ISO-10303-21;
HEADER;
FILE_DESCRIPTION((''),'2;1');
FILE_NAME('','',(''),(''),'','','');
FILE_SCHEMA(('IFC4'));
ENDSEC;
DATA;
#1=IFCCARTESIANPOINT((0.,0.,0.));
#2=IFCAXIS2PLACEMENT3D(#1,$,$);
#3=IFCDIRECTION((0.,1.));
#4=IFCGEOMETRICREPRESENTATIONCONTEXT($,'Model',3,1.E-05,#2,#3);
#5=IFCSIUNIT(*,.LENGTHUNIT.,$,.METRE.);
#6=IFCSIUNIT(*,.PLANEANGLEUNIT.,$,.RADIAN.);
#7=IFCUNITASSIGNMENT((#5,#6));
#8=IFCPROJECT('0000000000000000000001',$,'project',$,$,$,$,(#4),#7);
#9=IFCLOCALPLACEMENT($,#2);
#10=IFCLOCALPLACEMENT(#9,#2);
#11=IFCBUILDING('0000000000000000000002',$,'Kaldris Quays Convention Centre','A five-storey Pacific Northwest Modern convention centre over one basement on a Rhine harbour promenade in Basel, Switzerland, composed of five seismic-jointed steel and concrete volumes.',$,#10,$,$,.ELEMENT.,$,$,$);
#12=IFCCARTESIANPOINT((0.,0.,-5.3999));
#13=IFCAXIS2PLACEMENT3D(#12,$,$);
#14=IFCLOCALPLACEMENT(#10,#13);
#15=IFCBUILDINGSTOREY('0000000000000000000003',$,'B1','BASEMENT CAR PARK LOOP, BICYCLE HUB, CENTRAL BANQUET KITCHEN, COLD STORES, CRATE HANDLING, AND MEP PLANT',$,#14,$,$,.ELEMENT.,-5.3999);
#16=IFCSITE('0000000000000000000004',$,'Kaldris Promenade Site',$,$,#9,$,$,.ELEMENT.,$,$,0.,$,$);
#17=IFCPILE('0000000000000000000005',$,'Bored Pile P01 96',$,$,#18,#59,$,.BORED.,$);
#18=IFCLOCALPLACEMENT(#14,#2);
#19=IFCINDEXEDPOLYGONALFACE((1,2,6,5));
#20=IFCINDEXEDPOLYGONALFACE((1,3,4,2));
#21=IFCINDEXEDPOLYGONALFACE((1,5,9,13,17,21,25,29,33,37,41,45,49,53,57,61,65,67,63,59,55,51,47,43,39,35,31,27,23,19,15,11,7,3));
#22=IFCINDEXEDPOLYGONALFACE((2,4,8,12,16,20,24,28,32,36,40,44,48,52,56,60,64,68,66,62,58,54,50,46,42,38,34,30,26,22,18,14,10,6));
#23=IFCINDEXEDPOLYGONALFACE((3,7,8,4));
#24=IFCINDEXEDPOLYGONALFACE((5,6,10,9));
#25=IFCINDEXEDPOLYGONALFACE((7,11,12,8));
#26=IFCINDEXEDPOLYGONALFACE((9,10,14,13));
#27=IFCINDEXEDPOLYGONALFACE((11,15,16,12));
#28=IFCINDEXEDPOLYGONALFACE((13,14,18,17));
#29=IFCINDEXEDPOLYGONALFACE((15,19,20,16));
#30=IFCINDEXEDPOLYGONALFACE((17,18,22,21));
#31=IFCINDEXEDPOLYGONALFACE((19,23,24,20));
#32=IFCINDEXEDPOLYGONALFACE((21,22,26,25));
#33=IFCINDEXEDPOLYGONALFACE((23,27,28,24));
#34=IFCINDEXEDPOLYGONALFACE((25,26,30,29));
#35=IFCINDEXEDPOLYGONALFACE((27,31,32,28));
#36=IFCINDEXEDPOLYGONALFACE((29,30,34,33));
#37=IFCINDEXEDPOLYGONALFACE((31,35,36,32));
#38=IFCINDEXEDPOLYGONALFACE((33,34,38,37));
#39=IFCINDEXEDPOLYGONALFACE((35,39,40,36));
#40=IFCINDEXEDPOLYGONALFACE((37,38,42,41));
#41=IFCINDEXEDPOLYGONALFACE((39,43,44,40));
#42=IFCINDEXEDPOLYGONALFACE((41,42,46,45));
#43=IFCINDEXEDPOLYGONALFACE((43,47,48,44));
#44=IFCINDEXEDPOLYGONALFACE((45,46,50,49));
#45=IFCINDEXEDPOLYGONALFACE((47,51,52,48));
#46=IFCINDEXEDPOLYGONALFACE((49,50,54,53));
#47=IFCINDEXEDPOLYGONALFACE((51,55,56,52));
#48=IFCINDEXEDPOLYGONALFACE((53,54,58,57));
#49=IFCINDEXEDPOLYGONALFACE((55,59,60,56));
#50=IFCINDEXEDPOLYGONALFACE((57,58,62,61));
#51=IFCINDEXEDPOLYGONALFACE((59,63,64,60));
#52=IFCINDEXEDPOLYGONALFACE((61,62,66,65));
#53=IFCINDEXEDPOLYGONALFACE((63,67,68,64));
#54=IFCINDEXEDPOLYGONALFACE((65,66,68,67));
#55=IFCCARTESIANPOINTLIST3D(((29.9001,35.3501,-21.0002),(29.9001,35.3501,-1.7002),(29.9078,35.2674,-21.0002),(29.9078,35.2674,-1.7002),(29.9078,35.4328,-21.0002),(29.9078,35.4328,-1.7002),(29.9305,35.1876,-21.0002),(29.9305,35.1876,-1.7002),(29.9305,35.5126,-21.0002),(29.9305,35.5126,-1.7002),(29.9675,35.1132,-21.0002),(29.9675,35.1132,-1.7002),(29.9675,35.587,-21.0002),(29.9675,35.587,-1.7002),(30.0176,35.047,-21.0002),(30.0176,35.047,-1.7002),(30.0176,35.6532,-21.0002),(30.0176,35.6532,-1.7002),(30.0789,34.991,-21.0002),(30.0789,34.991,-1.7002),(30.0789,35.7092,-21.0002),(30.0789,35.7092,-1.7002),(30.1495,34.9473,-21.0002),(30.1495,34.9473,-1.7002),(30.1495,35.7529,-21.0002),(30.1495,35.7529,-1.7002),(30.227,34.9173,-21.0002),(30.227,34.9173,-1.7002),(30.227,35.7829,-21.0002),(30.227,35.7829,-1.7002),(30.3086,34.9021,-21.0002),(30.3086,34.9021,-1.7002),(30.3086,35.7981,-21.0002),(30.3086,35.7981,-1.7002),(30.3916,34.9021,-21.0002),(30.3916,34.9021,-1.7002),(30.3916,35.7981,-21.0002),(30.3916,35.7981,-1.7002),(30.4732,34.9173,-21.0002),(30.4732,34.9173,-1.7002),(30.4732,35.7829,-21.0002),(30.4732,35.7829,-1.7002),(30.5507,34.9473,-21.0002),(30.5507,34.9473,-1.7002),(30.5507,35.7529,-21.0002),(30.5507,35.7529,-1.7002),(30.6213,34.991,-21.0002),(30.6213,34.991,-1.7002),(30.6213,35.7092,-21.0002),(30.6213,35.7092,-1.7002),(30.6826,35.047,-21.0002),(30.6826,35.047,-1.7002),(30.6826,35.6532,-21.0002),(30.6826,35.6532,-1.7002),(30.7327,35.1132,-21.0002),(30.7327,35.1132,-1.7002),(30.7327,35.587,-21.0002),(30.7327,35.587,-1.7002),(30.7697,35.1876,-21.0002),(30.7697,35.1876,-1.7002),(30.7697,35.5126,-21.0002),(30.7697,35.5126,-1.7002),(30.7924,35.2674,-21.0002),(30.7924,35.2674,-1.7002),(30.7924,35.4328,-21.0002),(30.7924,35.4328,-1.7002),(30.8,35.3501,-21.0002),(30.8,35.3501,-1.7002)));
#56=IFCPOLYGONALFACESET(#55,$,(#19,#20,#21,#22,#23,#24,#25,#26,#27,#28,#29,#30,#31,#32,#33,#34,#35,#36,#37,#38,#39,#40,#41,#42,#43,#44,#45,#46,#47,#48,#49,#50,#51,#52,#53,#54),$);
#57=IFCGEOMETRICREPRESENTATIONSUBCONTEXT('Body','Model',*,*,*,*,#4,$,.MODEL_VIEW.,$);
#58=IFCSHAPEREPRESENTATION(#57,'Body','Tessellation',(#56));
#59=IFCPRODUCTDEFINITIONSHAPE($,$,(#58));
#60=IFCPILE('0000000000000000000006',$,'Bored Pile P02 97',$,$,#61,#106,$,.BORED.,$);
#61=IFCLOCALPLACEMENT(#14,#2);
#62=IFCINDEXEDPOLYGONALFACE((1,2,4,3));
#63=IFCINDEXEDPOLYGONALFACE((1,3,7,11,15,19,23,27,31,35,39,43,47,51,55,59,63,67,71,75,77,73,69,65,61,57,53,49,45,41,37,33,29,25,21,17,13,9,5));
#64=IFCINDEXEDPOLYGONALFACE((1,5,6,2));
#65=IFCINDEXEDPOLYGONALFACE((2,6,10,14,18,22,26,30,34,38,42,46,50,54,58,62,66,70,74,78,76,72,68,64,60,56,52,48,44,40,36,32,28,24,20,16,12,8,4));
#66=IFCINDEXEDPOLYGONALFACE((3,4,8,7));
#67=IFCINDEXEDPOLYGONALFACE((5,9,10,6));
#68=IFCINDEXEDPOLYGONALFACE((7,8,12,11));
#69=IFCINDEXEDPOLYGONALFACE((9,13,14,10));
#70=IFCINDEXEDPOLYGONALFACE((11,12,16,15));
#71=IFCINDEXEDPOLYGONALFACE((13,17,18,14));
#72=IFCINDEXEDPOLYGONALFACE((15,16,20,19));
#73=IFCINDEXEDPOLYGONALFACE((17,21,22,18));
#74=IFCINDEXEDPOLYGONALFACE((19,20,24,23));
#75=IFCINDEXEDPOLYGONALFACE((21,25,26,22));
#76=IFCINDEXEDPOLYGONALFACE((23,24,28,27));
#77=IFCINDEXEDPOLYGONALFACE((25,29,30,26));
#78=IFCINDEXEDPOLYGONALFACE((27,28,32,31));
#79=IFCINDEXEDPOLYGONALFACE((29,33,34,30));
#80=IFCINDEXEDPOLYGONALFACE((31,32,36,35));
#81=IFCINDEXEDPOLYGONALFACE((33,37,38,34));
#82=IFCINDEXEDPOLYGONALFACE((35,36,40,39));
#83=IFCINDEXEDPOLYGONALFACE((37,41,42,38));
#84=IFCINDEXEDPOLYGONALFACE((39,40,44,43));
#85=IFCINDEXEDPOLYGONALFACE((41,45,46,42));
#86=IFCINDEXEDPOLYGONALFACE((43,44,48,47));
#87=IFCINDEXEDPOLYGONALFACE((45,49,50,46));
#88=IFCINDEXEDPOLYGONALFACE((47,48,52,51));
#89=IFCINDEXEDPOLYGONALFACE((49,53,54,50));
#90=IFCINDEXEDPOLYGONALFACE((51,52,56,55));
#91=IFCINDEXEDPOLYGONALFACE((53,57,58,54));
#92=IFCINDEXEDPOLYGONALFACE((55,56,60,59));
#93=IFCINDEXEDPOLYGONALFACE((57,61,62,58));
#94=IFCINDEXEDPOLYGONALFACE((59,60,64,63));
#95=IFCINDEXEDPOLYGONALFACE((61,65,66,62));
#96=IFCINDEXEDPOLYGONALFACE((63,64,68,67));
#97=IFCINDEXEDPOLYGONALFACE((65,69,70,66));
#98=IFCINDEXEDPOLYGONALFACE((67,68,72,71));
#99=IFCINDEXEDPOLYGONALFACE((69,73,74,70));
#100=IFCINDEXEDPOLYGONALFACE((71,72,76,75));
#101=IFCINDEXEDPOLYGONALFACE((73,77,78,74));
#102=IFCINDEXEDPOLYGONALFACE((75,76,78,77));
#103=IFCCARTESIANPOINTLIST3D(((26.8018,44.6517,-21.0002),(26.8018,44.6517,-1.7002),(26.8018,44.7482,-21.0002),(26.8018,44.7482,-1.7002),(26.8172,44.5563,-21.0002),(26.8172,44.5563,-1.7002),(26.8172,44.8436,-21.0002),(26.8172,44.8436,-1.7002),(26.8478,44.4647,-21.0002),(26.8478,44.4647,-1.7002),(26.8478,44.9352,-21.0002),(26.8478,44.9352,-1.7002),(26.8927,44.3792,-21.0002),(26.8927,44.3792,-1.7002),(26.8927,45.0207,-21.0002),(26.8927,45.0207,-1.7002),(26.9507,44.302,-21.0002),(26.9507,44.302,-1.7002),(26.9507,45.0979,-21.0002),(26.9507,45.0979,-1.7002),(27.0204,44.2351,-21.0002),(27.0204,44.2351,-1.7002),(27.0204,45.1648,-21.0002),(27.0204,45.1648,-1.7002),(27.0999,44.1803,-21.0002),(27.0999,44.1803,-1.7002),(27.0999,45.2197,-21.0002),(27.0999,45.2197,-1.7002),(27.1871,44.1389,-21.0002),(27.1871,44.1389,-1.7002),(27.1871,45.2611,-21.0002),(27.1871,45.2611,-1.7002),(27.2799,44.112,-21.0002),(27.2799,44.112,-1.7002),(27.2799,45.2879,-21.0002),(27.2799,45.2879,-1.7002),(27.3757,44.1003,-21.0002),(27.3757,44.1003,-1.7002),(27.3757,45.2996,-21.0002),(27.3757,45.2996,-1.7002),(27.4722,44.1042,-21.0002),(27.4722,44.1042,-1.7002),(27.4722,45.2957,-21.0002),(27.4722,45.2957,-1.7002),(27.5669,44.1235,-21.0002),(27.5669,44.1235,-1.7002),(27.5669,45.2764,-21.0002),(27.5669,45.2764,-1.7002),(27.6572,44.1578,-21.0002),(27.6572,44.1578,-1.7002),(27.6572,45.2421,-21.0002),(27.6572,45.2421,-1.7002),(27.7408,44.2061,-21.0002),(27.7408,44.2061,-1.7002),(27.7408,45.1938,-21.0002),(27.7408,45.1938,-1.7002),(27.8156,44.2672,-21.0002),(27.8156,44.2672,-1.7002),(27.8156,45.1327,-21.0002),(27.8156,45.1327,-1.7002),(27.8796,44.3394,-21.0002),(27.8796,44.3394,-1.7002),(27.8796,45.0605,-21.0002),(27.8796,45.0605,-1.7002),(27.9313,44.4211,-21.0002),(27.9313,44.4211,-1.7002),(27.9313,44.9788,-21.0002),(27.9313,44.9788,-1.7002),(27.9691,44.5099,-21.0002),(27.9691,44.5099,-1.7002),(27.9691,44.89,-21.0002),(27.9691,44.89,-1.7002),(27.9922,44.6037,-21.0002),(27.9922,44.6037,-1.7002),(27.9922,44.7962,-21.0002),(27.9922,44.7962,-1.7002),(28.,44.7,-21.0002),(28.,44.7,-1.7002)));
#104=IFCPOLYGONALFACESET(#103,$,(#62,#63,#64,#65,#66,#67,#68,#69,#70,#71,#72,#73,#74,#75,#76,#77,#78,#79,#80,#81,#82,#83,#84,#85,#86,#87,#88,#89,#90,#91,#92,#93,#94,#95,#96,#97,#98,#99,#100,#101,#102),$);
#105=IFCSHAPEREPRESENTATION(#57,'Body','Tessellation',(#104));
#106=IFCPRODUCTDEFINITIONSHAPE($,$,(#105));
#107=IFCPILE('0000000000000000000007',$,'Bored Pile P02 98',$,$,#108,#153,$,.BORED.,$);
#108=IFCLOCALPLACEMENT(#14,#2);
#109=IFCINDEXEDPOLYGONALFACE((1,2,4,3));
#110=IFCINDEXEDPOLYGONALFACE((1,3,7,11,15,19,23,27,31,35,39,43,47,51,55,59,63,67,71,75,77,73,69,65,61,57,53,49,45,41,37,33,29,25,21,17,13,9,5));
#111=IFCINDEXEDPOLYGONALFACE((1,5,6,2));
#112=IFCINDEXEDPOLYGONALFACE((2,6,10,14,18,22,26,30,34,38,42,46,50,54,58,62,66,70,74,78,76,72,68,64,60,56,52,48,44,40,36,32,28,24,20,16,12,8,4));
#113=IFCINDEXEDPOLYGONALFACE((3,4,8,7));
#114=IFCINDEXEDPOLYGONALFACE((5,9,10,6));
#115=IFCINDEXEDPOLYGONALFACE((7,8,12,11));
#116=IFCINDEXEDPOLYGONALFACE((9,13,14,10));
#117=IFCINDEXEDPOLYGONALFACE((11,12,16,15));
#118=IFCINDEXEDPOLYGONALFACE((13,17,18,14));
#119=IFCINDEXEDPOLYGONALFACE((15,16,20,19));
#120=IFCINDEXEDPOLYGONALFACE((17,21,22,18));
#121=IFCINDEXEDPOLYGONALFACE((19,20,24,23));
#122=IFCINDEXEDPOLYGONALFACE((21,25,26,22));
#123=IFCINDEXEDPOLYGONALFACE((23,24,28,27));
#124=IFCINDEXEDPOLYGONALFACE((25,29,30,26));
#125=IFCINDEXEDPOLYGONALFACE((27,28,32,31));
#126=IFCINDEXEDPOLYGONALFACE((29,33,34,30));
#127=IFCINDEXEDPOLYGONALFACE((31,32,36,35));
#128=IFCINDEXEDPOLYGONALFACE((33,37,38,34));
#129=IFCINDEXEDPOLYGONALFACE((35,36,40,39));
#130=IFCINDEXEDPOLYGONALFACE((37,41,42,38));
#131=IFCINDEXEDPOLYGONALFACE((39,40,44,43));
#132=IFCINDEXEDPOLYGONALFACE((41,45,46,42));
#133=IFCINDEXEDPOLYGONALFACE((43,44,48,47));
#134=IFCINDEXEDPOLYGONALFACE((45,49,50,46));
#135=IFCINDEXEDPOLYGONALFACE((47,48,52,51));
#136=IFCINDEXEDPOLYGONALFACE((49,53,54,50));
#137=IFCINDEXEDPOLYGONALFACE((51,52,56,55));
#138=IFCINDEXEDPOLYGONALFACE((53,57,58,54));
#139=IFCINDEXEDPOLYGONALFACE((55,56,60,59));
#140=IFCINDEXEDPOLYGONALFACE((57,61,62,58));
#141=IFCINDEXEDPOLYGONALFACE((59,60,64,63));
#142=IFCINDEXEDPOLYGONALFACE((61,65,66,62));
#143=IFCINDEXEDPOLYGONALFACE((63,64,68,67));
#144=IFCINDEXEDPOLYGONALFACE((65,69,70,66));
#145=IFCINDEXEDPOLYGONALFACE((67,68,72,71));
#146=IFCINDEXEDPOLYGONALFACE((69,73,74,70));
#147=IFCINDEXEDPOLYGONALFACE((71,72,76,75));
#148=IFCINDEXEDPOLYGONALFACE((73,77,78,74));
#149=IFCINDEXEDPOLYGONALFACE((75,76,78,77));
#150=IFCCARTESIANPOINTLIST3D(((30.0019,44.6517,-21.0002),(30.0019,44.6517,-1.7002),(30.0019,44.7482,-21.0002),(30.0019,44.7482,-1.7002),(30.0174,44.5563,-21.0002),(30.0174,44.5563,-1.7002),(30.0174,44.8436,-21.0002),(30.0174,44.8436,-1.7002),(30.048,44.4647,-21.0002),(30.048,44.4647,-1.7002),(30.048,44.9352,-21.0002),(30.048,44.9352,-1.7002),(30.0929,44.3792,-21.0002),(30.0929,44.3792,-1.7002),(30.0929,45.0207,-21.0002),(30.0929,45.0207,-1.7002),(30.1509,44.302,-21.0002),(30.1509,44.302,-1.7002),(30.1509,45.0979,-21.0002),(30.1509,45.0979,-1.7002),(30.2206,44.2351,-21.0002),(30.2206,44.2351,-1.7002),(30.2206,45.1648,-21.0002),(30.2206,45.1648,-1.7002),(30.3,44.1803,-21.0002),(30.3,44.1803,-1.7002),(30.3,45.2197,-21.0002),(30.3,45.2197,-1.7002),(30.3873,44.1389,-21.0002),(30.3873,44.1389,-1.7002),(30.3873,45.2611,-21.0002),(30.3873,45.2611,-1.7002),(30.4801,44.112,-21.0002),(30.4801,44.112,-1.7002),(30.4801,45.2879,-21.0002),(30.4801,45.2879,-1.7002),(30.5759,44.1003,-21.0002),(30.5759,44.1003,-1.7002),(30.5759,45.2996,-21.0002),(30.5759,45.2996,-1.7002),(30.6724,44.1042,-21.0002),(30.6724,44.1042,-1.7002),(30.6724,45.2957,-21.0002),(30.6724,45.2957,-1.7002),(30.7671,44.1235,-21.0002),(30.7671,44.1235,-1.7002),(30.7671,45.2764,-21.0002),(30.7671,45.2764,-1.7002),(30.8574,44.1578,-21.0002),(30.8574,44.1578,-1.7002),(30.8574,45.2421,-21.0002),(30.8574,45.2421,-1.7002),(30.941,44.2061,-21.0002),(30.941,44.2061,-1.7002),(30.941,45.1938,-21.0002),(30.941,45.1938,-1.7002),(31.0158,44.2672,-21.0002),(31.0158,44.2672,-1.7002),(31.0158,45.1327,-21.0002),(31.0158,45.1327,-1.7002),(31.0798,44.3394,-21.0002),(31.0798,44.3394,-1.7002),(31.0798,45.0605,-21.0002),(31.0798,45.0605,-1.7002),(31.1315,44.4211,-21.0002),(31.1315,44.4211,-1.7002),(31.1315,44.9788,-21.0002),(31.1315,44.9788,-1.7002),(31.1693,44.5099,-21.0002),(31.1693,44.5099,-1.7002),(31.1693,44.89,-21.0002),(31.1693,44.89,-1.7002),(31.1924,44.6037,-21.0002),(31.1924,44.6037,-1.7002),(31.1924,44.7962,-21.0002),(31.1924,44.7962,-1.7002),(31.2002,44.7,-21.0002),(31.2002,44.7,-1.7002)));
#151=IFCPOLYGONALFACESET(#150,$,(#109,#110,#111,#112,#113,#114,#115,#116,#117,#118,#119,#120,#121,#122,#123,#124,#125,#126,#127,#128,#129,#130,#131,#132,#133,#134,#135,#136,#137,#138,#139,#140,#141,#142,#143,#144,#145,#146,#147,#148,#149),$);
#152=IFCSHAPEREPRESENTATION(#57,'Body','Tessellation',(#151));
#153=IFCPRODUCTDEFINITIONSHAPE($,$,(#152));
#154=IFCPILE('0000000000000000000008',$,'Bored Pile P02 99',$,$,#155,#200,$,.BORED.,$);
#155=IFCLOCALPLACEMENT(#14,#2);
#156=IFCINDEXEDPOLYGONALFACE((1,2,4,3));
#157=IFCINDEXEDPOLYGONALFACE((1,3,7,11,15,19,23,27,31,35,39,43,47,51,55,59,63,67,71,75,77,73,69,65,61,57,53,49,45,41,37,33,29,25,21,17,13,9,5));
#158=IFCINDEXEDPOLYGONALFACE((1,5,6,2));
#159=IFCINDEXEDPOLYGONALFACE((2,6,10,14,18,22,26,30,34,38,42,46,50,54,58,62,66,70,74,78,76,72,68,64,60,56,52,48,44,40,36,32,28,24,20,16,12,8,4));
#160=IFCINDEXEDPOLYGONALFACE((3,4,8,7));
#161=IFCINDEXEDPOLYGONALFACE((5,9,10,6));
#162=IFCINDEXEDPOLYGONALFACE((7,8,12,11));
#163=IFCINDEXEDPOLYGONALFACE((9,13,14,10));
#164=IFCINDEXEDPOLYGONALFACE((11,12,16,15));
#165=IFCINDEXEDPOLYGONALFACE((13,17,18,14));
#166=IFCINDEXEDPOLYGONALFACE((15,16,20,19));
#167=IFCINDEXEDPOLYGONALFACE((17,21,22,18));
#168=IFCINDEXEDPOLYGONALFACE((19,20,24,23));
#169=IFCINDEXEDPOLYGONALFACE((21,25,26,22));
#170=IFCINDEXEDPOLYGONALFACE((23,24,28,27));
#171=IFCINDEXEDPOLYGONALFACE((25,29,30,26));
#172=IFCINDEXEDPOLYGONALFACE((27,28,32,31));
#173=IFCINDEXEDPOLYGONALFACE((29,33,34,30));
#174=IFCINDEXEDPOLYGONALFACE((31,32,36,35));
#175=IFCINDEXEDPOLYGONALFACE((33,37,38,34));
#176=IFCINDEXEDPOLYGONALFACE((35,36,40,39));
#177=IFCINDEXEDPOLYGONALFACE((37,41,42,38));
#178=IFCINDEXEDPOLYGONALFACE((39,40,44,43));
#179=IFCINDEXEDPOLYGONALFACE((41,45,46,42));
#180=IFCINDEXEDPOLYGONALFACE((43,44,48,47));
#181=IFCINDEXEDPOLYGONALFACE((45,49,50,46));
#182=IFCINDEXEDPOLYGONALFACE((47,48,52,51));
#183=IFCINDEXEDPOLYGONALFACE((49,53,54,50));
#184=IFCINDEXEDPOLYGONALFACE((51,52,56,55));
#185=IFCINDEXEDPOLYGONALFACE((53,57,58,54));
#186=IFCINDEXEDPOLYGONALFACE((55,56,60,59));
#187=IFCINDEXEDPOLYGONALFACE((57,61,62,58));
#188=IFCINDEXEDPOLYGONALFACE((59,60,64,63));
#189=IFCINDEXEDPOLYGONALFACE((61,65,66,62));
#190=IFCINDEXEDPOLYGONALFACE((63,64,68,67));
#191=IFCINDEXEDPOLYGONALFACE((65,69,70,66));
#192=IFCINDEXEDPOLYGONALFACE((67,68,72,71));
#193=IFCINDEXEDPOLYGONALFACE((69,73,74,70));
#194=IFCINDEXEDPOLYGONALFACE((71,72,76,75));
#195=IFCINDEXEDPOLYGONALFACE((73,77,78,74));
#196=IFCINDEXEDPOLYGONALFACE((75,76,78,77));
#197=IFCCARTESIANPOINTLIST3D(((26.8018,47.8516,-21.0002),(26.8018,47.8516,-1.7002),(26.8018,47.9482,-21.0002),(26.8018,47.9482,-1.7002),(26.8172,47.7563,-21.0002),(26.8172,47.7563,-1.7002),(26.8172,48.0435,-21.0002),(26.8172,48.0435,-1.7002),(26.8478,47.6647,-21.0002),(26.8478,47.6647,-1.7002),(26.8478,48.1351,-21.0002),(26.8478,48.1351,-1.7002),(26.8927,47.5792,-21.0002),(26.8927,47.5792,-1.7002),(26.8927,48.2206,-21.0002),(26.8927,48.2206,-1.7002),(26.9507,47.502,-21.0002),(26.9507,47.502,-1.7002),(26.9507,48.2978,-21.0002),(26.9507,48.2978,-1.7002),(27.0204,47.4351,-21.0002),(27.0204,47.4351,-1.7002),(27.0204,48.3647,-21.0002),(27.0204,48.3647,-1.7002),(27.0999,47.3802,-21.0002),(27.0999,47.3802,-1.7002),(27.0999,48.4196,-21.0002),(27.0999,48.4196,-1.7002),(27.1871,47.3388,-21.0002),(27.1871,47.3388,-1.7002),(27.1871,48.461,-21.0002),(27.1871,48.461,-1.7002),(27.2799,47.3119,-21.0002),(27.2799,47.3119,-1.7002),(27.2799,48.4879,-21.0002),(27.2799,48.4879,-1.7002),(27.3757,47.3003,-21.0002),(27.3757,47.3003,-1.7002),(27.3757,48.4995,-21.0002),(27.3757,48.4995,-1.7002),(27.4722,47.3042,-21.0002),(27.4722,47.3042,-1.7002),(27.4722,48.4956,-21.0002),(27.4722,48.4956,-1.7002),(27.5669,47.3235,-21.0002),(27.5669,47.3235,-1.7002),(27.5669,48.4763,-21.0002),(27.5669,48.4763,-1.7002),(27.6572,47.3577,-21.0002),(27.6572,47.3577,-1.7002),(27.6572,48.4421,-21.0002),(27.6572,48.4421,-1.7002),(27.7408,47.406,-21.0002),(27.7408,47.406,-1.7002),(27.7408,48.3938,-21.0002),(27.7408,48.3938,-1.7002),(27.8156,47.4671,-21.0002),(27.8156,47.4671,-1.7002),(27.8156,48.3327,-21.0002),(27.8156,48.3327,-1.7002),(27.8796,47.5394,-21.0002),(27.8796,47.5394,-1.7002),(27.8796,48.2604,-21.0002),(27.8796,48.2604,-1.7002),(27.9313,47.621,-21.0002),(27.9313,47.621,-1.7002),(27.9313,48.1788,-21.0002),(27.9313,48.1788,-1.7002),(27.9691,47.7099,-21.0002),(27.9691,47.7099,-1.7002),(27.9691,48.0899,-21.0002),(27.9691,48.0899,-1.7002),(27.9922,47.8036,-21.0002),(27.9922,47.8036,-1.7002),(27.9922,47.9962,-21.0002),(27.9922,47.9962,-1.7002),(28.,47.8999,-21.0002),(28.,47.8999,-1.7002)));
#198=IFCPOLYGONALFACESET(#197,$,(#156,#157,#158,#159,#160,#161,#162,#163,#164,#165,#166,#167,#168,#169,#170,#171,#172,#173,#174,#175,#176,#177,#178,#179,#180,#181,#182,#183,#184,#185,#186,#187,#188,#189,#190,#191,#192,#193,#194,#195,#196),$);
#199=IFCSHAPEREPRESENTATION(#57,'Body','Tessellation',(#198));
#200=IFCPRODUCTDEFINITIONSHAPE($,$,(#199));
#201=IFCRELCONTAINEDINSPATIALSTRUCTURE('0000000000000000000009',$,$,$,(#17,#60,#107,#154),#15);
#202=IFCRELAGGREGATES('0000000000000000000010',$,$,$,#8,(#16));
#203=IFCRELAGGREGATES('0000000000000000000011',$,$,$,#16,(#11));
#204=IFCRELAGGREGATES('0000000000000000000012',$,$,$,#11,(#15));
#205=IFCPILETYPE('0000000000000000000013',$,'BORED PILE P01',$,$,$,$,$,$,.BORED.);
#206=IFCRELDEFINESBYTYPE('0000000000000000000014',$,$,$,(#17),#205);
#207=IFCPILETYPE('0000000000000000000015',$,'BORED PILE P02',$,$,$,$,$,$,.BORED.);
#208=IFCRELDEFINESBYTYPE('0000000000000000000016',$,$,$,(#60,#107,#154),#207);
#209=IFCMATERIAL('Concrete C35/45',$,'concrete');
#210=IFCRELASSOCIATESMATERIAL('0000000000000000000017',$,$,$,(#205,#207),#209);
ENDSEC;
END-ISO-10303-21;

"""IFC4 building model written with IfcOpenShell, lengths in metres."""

from ifc_helpers import new_model, si_unit, direction, frame, origin, origin_2d, place, context, subcontext, project, spatial, circle, extrude, material, material_profile, profile_set, type_object, element, save


model = new_model("IFC4")

# Units and contexts
model_context = context("Model", 3, precision=1e-05, world=origin(), true_north=direction((0.0, 1.0)))
body_context = subcontext(model_context, "Body", "Model", "MODEL_VIEW")
ifc_project = project(units=[si_unit("LENGTHUNIT", "METRE"), si_unit("PLANEANGLEUNIT", "RADIAN")], contexts=[model_context])

# Site, building, storey
site_placement = place(None, origin())
site = spatial("IfcSite", under=ifc_project, at=site_placement, Name="Kaldris Promenade Site", CompositionType="ELEMENT", RefElevation=0.0)
building_placement = place(site_placement, origin())
building = spatial("IfcBuilding", under=site, at=building_placement, Name="Kaldris Quays Convention Centre", Description="A five-storey Pacific Northwest Modern convention centre over one basement on a Rhine harbour promenade in Basel, Switzerland, composed of five seismic-jointed steel and concrete volumes.", CompositionType="ELEMENT")
storey_placement = place(building_placement, frame((0.0, 0.0, -5.3999)))
storey = spatial("IfcBuildingStorey", under=building, at=storey_placement, Name="B1", Description="BASEMENT CAR PARK LOOP, BICYCLE HUB, CENTRAL BANQUET KITCHEN, COLD STORES, CRATE HANDLING, AND MEP PLANT", CompositionType="ELEMENT", Elevation=-5.3999)

# Piles
ifc_material_1 = material(Name="Concrete C35/45", Category="concrete")
ifc_material_profile_1 = material_profile(ifc_material_1, circle(Radius=0.45, at=origin_2d()), Name="BORED PILE D900")
ifc_profile_set_1 = profile_set([ifc_material_profile_1], Name="Concrete C35/45")
pile_type_1 = type_object("IfcPileType", Name="BORED PILE P01", PredefinedType="BORED", material=ifc_profile_set_1)
for number, where, z_axis, x_axis, name in (
    (1, (30.3501, 35.3501, -1.7002), (0.0, 0.0, -1.0), (1.0, 0.0, 0.0), "Bored Pile P01 96"),
):
    element("IfcPile", number, at=place(storey_placement, frame(where, z_axis=z_axis, x_axis=x_axis)), inside=storey, type_object=pile_type_1, Name=name, PredefinedType="BORED", context=body_context, shape_type="SweptSolid", body=[
        extrude(circle(Radius=0.45, at=origin_2d()), origin(), (0.0, 0.0, 1.0), 19.3),
    ])
ifc_material_profile_2 = material_profile(ifc_material_1, circle(Radius=0.6001, at=origin_2d()), Name="BORED PILE D1200")
ifc_profile_set_2 = profile_set([ifc_material_profile_2], Name="Concrete C35/45")
pile_type_2 = type_object("IfcPileType", Name="BORED PILE P02", PredefinedType="BORED", material=ifc_profile_set_2)
for number, where, z_axis, x_axis, name in (
    (2, (27.3999, 44.7, -1.7002), (0.0, 0.0, -1.0), (1.0, 0.0, 0.0), "Bored Pile P02 97"),
    (3, (30.6001, 44.7, -1.7002), (0.0, 0.0, -1.0), (1.0, 0.0, 0.0), "Bored Pile P02 98"),
    (4, (27.3999, 47.8999, -1.7002), (0.0, 0.0, -1.0), (1.0, 0.0, 0.0), "Bored Pile P02 99"),
):
    element("IfcPile", number, at=place(storey_placement, frame(where, z_axis=z_axis, x_axis=x_axis)), inside=storey, type_object=pile_type_2, Name=name, PredefinedType="BORED", context=body_context, shape_type="SweptSolid", body=[
        extrude(circle(Radius=0.6001, at=origin_2d()), origin(), (0.0, 0.0, 1.0), 19.3),
    ])

save(model, "model.ifc")
